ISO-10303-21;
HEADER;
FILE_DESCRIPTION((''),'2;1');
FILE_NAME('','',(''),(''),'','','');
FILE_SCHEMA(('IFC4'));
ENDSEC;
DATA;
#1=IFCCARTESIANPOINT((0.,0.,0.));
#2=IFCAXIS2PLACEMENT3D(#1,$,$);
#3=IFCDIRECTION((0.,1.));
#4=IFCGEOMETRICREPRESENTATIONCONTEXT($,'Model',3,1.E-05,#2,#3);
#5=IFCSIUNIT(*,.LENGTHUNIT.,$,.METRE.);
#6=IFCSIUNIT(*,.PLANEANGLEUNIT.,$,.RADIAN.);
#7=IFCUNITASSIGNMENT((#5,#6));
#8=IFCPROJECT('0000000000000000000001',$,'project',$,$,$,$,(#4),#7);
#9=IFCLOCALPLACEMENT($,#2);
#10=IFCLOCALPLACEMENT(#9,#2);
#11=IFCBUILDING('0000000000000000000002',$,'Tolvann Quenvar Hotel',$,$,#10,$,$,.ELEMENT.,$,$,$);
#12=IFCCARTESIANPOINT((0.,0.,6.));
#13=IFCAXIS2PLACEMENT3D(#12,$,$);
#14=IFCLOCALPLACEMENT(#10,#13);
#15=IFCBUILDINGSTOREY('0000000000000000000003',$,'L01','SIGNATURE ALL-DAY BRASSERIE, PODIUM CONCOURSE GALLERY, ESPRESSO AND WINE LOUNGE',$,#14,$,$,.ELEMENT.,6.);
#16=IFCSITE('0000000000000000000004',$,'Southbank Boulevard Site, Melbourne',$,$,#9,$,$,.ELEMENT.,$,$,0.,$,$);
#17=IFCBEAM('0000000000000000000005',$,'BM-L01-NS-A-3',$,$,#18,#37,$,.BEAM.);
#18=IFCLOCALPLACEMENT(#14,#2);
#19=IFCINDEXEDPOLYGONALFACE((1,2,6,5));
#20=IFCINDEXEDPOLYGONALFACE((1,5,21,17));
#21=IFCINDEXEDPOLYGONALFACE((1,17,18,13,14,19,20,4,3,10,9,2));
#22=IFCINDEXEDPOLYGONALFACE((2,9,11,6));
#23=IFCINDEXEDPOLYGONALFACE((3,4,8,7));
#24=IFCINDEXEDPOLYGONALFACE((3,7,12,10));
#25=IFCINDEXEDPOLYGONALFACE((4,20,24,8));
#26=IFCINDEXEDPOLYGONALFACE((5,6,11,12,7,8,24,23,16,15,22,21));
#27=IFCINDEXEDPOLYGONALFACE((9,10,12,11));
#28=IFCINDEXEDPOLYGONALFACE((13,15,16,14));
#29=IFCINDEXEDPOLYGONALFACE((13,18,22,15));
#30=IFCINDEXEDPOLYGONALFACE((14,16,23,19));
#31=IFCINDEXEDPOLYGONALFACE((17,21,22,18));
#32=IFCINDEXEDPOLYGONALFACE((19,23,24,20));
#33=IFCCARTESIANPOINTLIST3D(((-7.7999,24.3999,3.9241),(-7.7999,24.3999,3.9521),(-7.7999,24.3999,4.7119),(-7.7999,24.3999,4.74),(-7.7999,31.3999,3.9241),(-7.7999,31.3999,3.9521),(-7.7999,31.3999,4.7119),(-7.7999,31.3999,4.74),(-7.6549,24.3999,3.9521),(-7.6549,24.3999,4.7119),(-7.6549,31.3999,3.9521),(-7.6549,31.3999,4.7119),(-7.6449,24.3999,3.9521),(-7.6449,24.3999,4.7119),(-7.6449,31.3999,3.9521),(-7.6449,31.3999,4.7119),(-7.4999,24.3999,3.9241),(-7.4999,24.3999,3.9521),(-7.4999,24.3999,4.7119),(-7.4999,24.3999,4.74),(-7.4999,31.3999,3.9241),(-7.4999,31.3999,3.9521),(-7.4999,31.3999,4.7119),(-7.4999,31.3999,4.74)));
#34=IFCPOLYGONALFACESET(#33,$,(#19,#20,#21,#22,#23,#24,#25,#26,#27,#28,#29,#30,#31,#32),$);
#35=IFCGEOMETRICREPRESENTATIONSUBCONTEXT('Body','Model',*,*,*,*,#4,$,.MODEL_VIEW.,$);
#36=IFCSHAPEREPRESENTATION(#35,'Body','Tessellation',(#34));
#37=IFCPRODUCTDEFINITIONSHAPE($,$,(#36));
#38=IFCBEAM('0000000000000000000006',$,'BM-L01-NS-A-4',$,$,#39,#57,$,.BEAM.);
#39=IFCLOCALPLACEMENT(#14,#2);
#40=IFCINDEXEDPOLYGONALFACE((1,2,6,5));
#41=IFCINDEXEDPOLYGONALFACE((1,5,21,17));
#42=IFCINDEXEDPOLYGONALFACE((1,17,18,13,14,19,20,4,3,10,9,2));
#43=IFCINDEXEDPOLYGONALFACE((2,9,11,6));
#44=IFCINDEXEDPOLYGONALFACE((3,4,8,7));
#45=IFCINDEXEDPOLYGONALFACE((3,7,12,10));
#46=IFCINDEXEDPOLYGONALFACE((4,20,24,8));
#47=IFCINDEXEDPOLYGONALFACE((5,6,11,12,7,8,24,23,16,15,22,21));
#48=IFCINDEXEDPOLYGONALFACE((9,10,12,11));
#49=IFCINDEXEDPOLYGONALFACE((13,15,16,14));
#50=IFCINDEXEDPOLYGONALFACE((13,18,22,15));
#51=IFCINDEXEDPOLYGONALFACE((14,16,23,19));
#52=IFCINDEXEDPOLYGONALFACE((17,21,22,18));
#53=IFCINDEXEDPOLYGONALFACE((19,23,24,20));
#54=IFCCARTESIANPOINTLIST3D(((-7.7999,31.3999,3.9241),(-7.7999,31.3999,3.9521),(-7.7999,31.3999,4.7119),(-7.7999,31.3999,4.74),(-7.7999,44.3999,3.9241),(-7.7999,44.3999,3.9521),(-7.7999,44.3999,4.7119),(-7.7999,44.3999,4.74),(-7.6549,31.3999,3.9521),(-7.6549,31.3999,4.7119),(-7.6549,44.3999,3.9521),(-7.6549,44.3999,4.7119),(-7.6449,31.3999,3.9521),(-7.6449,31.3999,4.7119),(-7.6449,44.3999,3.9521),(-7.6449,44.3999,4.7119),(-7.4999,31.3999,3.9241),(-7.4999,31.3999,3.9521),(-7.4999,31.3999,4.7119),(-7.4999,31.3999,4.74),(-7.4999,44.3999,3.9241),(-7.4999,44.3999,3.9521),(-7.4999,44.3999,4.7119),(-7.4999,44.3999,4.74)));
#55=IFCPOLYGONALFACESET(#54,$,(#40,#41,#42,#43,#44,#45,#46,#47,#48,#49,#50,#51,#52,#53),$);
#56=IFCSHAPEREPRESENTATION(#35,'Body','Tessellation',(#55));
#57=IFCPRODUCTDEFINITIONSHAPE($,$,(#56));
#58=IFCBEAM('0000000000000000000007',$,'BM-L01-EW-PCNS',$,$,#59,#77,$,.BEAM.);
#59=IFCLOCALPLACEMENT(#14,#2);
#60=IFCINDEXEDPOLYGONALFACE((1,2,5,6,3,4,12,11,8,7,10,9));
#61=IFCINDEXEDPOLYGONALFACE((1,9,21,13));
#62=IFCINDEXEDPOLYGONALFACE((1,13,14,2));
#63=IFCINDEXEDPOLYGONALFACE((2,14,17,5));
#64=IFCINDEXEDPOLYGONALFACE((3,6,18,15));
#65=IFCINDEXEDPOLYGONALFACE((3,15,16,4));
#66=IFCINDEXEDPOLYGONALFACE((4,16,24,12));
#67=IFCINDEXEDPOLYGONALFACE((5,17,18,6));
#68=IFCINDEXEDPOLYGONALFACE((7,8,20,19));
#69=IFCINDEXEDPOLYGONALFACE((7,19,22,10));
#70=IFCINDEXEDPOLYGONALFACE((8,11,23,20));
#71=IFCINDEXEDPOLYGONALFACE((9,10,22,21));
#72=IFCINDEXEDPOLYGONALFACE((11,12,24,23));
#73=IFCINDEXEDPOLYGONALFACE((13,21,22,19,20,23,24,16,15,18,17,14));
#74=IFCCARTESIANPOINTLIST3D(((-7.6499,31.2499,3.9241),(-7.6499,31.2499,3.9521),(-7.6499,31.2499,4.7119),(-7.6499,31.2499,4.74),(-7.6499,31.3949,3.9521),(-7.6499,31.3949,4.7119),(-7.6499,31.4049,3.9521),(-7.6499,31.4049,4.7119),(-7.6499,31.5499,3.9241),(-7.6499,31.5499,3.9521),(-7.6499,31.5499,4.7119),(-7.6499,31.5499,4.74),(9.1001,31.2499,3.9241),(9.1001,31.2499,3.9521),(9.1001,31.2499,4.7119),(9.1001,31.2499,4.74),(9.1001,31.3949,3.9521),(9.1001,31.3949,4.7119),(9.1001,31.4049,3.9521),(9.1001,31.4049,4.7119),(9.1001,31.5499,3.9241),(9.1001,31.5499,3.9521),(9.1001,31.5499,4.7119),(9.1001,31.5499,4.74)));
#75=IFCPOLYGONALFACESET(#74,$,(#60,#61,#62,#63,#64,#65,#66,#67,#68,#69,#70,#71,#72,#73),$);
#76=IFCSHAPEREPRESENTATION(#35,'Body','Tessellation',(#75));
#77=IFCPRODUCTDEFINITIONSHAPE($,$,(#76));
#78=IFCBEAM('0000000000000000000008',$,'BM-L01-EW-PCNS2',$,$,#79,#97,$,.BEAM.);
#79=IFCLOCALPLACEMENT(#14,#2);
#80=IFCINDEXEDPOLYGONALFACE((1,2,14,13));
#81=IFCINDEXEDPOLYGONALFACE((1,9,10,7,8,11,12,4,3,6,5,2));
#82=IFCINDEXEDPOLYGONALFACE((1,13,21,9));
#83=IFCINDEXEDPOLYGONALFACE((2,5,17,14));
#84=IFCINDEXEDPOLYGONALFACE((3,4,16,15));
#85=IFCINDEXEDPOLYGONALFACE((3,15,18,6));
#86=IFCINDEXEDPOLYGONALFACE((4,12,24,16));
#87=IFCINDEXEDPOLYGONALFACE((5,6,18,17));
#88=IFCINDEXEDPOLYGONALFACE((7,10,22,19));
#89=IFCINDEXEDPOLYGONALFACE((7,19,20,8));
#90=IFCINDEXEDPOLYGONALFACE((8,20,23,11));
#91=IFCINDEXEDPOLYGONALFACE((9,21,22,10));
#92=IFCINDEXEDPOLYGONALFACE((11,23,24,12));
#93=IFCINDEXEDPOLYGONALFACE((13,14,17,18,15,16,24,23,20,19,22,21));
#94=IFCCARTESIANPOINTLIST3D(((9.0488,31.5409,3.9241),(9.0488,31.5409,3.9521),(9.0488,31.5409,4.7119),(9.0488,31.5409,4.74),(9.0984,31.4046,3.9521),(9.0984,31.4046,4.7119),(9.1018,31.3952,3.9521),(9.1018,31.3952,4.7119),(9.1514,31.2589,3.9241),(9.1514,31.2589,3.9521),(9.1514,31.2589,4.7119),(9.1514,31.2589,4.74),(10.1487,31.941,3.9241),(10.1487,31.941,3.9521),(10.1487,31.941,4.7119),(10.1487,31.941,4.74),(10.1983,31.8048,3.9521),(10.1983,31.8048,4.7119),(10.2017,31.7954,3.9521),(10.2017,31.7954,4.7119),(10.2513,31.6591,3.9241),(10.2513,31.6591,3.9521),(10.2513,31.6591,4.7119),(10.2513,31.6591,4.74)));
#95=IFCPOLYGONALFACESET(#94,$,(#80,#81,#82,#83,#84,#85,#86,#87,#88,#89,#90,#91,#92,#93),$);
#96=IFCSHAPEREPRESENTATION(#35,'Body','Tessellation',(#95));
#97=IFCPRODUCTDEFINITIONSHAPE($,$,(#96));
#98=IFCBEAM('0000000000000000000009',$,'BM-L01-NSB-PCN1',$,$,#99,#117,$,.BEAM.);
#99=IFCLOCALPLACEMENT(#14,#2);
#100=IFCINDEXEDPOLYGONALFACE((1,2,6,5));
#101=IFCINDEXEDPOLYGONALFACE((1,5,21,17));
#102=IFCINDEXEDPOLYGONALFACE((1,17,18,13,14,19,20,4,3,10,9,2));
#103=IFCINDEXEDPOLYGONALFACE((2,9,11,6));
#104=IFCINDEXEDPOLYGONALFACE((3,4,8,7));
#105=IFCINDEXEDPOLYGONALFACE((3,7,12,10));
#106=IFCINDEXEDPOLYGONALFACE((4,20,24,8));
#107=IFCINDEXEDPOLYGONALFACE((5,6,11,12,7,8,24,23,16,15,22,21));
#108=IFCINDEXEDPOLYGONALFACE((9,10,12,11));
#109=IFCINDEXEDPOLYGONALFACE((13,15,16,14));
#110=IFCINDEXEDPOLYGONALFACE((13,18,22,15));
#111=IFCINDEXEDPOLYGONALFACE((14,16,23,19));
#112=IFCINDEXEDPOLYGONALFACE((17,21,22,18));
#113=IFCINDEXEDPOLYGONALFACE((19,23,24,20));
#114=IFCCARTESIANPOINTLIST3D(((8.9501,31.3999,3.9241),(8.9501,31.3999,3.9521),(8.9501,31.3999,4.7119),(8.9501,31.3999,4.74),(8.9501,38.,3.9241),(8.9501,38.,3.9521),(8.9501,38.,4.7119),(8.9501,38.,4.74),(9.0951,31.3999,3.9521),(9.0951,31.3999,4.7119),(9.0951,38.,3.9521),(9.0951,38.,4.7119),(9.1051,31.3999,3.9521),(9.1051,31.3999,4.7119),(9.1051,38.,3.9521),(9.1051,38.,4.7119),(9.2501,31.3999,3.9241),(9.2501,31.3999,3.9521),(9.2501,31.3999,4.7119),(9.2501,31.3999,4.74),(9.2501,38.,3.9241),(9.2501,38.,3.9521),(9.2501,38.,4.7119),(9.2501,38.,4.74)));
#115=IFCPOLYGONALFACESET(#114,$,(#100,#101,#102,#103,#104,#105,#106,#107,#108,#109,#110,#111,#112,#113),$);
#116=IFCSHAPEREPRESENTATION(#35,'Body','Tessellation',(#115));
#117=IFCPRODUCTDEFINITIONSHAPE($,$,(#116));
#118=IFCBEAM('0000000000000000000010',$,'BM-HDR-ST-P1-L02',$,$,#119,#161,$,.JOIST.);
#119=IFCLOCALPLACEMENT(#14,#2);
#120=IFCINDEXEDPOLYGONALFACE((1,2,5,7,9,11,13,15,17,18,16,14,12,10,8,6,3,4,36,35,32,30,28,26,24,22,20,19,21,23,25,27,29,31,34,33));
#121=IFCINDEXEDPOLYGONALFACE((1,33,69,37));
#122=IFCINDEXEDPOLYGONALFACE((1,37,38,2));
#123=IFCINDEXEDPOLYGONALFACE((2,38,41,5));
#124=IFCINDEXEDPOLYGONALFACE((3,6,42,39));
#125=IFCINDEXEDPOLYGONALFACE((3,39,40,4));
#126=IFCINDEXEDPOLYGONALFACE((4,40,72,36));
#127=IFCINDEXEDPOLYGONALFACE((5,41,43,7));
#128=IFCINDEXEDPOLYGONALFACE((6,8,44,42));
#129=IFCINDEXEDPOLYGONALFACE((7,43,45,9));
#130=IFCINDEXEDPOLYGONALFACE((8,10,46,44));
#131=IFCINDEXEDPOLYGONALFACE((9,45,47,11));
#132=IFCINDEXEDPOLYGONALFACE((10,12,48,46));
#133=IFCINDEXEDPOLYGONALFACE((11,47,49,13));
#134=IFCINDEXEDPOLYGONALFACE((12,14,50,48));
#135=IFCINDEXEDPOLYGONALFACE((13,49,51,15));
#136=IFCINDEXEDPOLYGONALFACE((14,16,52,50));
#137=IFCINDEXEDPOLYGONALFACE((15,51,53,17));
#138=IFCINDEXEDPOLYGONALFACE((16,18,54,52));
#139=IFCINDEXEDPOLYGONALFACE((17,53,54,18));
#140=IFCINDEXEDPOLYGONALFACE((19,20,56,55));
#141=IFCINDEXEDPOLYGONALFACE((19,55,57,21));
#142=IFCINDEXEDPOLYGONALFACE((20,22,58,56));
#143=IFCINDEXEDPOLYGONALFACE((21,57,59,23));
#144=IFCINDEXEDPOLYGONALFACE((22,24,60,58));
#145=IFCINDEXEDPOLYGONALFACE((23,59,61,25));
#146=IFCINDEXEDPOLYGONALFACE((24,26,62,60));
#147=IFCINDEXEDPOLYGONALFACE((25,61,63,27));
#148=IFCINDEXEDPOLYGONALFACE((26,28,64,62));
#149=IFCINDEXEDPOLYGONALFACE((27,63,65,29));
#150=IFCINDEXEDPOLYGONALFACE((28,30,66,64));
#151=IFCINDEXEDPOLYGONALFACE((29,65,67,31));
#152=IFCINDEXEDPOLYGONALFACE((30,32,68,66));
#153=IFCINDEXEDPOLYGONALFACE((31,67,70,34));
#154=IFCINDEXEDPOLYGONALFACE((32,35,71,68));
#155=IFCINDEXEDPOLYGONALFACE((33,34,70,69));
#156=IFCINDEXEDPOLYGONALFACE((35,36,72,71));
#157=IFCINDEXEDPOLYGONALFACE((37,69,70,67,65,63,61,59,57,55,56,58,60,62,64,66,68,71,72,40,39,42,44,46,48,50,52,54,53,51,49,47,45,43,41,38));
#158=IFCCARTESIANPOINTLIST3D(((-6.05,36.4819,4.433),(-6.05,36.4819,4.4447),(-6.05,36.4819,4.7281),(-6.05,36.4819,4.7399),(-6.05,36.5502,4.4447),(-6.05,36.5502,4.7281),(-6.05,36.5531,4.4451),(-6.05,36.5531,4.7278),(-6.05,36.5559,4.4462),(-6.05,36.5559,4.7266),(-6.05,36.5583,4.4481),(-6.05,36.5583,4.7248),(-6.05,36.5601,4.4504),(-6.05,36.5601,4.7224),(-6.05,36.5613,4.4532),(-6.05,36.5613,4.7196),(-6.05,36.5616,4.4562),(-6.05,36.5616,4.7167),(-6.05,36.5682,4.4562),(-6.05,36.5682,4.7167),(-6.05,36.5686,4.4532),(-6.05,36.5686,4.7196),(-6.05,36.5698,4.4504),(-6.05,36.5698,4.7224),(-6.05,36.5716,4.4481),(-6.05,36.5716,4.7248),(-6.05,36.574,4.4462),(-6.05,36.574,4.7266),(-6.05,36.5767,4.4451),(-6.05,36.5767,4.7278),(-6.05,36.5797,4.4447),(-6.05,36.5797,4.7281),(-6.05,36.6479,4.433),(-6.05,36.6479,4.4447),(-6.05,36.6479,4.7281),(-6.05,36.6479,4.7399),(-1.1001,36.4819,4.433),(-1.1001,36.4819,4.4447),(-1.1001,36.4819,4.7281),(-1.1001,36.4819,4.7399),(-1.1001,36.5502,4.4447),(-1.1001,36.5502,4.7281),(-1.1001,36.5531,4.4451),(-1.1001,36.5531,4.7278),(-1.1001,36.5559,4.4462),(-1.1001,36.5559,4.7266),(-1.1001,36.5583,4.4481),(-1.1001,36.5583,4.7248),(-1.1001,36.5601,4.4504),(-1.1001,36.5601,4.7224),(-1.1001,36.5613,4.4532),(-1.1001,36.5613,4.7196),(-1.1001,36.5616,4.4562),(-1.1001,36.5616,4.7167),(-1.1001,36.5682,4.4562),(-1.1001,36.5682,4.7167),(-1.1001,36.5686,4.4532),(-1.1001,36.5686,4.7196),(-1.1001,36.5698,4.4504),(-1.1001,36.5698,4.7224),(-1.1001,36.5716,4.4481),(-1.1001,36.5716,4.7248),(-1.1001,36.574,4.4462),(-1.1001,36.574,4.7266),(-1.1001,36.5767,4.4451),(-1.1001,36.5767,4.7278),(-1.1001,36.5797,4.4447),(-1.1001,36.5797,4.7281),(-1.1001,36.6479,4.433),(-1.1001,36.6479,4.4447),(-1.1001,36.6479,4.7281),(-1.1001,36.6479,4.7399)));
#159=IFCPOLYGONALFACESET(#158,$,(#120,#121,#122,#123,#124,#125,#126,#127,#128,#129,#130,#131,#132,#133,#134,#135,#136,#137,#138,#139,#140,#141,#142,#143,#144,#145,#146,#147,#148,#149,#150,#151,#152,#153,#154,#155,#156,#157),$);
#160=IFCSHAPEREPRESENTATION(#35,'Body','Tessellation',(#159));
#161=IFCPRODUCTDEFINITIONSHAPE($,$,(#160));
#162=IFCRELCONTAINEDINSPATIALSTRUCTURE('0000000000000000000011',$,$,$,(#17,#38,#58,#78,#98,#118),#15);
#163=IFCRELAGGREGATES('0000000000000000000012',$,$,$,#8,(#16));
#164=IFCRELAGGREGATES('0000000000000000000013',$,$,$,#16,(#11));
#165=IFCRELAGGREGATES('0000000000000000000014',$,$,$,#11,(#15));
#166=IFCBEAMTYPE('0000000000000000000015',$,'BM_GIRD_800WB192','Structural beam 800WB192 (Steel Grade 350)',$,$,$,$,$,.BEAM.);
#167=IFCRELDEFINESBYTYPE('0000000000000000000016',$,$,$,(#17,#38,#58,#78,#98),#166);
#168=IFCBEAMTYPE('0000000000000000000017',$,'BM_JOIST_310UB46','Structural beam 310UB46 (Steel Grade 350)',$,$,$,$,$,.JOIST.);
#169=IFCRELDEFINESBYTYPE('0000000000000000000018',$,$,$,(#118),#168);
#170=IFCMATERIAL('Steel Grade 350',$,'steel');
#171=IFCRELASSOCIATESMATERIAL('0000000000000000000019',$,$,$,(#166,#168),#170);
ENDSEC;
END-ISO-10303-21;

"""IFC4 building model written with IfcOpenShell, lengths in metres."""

from ifc_helpers import new_model, si_unit, direction, frame, origin, origin_2d, place, context, subcontext, project, spatial, i_section, extrude, source, transform, mapped, material, material_profile, profile_set, type_object, type_shapes, element, save


model = new_model("IFC4")

# Units and contexts
model_context = context("Model", 3, precision=1e-05, world=origin(), true_north=direction((0.0, 1.0)))
body_context = subcontext(model_context, "Body", "Model", "MODEL_VIEW")
ifc_project = project(units=[si_unit("LENGTHUNIT", "METRE"), si_unit("PLANEANGLEUNIT", "RADIAN")], contexts=[model_context])

# Site, building, storey
site_placement = place(None, origin())
site = spatial("IfcSite", under=ifc_project, at=site_placement, Name="Southbank Boulevard Site, Melbourne", CompositionType="ELEMENT", RefElevation=0.0)
building_placement = place(site_placement, origin())
building = spatial("IfcBuilding", under=site, at=building_placement, Name="Tolvann Quenvar Hotel", CompositionType="ELEMENT")
storey_placement = place(building_placement, frame((0.0, 0.0, 6.0)))
storey = spatial("IfcBuildingStorey", under=building, at=storey_placement, Name="L01", Description="SIGNATURE ALL-DAY BRASSERIE, PODIUM CONCOURSE GALLERY, ESPRESSO AND WINE LOUNGE", CompositionType="ELEMENT", Elevation=6.0)

# Beams
ifc_material_1 = material(Name="Steel Grade 350", Category="steel")
ifc_material_profile_1 = material_profile(ifc_material_1, i_section(OverallWidth=0.3, OverallDepth=0.8159, WebThickness=0.01, FlangeThickness=0.0281, at=origin_2d()), Name="800WB192")
ifc_profile_set_1 = profile_set([ifc_material_profile_1], Name="Steel Grade 350")
beam_type_1 = type_object("IfcBeamType", Name="BM_GIRD_800WB192", Description="Structural beam 800WB192 (Steel Grade 350)", PredefinedType="BEAM", material=ifc_profile_set_1)
shared_shape_1 = source(origin(), body_context, "Body", "SweptSolid", [
    extrude(i_section(OverallWidth=0.3, OverallDepth=0.8159, WebThickness=0.01, FlangeThickness=0.0281, at=origin_2d()), origin(), (0.0, 0.0, 1.0), 7.0),
])
beam_1_placement = place(storey_placement, frame((-7.6499, 24.3999, 4.332), z_axis=(0.0, 1.0, 0.0), x_axis=(-1.0, 0.0, 0.0)))
element("IfcBeam", 1, at=beam_1_placement, inside=storey, type_object=beam_type_1, Name="BM-L01-NS-A-3", PredefinedType="BEAM", context=body_context, shape_type="MappedRepresentation", body=[
    mapped(shared_shape_1, transform((0.0, 0.0, 0.0), x_axis=(1.0, 0.0, 0.0), y_axis=(0.0, 1.0, 0.0), z_axis=(0.0, 0.0, 1.0), scale=1.0)),
])
shared_shape_2 = source(origin(), body_context, "Body", "SweptSolid", [
    extrude(i_section(OverallWidth=0.3, OverallDepth=0.8159, WebThickness=0.01, FlangeThickness=0.0281, at=origin_2d()), origin(), (0.0, 0.0, 1.0), 13.0),
])
beam_2_placement = place(storey_placement, frame((-7.6499, 31.3999, 4.332), z_axis=(0.0, 1.0, 0.0), x_axis=(-1.0, 0.0, 0.0)))
element("IfcBeam", 2, at=beam_2_placement, inside=storey, type_object=beam_type_1, Name="BM-L01-NS-A-4", PredefinedType="BEAM", context=body_context, shape_type="MappedRepresentation", body=[
    mapped(shared_shape_2, transform((0.0, 0.0, 0.0), x_axis=(1.0, 0.0, 0.0), y_axis=(0.0, 1.0, 0.0), z_axis=(0.0, 0.0, 1.0), scale=1.0)),
])
shared_shape_3 = source(origin(), body_context, "Body", "SweptSolid", [
    extrude(i_section(OverallWidth=0.3, OverallDepth=0.8159, WebThickness=0.01, FlangeThickness=0.0281, at=origin_2d()), origin(), (0.0, 0.0, 1.0), 16.75),
])
beam_3_placement = place(storey_placement, frame((-7.6499, 31.3999, 4.332), z_axis=(1.0, 0.0, 0.0), x_axis=(0.0, 1.0, 0.0)))
element("IfcBeam", 3, at=beam_3_placement, inside=storey, type_object=beam_type_1, Name="BM-L01-EW-PCNS", PredefinedType="BEAM", context=body_context, shape_type="MappedRepresentation", body=[
    mapped(shared_shape_3, transform((0.0, 0.0, 0.0), x_axis=(1.0, 0.0, 0.0), y_axis=(0.0, 1.0, 0.0), z_axis=(0.0, 0.0, 1.0), scale=1.0)),
])
shared_shape_4 = source(origin(), body_context, "Body", "SweptSolid", [
    extrude(i_section(OverallWidth=0.3, OverallDepth=0.8159, WebThickness=0.01, FlangeThickness=0.0281, at=origin_2d()), origin(), (0.0, 0.0, 1.0), 1.1704),
])
beam_4_placement = place(storey_placement, frame((9.1001, 31.3999, 4.332), z_axis=(0.939739, 0.341894, 0.0), x_axis=(-0.341894, 0.939739, 0.0)))
element("IfcBeam", 4, at=beam_4_placement, inside=storey, type_object=beam_type_1, Name="BM-L01-EW-PCNS2", PredefinedType="BEAM", context=body_context, shape_type="MappedRepresentation", body=[
    mapped(shared_shape_4, transform((0.0, 0.0, 0.0), x_axis=(1.0, 0.0, 0.0), y_axis=(0.0, 1.0, 0.0), z_axis=(0.0, 0.0, 1.0), scale=1.0)),
])
shared_shape_5 = source(origin(), body_context, "Body", "SweptSolid", [
    extrude(i_section(OverallWidth=0.3, OverallDepth=0.8159, WebThickness=0.01, FlangeThickness=0.0281, at=origin_2d()), origin(), (0.0, 0.0, 1.0), 6.6001),
])
beam_5_placement = place(storey_placement, frame((9.1001, 31.3999, 4.332), z_axis=(0.0, 1.0, 0.0), x_axis=(-1.0, 0.0, 0.0)))
element("IfcBeam", 5, at=beam_5_placement, inside=storey, type_object=beam_type_1, Name="BM-L01-NSB-PCN1", PredefinedType="BEAM", context=body_context, shape_type="MappedRepresentation", body=[
    mapped(shared_shape_5, transform((0.0, 0.0, 0.0), x_axis=(1.0, 0.0, 0.0), y_axis=(0.0, 1.0, 0.0), z_axis=(0.0, 0.0, 1.0), scale=1.0)),
])
ifc_material_profile_2 = material_profile(ifc_material_1, i_section(OverallWidth=0.166, OverallDepth=0.3069, WebThickness=0.0066, FlangeThickness=0.0117, FilletRadius=0.0115, at=origin_2d()), Name="310UB46")
ifc_profile_set_2 = profile_set([ifc_material_profile_2], Name="Steel Grade 350")
beam_type_2 = type_object("IfcBeamType", Name="BM_JOIST_310UB46", Description="Structural beam 310UB46 (Steel Grade 350)", PredefinedType="JOIST", material=ifc_profile_set_2)
shared_shape_6 = source(origin(), body_context, "Body", "SweptSolid", [
    extrude(i_section(OverallWidth=0.166, OverallDepth=0.3069, WebThickness=0.0066, FlangeThickness=0.0117, FilletRadius=0.0115, at=origin_2d()), origin(), (0.0, 0.0, 1.0), 4.95),
])
type_shapes(beam_type_2, [shared_shape_6])
for number, where, z_axis, x_axis, name in (
    (6, (-6.05, 36.5649, 4.5864), (1.0, 0.0, 0.0), (0.0, 1.0, 0.0), "BM-HDR-ST-P1-L02"),
):
    element("IfcBeam", number, at=place(storey_placement, frame(where, z_axis=z_axis, x_axis=x_axis)), inside=storey, type_object=beam_type_2, Name=name, PredefinedType="JOIST", context=body_context, shape_type="MappedRepresentation", body=[
        mapped(shared_shape_6, transform((0.0, 0.0, 0.0), x_axis=(1.0, 0.0, 0.0), y_axis=(0.0, 1.0, 0.0), z_axis=(0.0, 0.0, 1.0), scale=1.0)),
    ])

save(model, "model.ifc")
